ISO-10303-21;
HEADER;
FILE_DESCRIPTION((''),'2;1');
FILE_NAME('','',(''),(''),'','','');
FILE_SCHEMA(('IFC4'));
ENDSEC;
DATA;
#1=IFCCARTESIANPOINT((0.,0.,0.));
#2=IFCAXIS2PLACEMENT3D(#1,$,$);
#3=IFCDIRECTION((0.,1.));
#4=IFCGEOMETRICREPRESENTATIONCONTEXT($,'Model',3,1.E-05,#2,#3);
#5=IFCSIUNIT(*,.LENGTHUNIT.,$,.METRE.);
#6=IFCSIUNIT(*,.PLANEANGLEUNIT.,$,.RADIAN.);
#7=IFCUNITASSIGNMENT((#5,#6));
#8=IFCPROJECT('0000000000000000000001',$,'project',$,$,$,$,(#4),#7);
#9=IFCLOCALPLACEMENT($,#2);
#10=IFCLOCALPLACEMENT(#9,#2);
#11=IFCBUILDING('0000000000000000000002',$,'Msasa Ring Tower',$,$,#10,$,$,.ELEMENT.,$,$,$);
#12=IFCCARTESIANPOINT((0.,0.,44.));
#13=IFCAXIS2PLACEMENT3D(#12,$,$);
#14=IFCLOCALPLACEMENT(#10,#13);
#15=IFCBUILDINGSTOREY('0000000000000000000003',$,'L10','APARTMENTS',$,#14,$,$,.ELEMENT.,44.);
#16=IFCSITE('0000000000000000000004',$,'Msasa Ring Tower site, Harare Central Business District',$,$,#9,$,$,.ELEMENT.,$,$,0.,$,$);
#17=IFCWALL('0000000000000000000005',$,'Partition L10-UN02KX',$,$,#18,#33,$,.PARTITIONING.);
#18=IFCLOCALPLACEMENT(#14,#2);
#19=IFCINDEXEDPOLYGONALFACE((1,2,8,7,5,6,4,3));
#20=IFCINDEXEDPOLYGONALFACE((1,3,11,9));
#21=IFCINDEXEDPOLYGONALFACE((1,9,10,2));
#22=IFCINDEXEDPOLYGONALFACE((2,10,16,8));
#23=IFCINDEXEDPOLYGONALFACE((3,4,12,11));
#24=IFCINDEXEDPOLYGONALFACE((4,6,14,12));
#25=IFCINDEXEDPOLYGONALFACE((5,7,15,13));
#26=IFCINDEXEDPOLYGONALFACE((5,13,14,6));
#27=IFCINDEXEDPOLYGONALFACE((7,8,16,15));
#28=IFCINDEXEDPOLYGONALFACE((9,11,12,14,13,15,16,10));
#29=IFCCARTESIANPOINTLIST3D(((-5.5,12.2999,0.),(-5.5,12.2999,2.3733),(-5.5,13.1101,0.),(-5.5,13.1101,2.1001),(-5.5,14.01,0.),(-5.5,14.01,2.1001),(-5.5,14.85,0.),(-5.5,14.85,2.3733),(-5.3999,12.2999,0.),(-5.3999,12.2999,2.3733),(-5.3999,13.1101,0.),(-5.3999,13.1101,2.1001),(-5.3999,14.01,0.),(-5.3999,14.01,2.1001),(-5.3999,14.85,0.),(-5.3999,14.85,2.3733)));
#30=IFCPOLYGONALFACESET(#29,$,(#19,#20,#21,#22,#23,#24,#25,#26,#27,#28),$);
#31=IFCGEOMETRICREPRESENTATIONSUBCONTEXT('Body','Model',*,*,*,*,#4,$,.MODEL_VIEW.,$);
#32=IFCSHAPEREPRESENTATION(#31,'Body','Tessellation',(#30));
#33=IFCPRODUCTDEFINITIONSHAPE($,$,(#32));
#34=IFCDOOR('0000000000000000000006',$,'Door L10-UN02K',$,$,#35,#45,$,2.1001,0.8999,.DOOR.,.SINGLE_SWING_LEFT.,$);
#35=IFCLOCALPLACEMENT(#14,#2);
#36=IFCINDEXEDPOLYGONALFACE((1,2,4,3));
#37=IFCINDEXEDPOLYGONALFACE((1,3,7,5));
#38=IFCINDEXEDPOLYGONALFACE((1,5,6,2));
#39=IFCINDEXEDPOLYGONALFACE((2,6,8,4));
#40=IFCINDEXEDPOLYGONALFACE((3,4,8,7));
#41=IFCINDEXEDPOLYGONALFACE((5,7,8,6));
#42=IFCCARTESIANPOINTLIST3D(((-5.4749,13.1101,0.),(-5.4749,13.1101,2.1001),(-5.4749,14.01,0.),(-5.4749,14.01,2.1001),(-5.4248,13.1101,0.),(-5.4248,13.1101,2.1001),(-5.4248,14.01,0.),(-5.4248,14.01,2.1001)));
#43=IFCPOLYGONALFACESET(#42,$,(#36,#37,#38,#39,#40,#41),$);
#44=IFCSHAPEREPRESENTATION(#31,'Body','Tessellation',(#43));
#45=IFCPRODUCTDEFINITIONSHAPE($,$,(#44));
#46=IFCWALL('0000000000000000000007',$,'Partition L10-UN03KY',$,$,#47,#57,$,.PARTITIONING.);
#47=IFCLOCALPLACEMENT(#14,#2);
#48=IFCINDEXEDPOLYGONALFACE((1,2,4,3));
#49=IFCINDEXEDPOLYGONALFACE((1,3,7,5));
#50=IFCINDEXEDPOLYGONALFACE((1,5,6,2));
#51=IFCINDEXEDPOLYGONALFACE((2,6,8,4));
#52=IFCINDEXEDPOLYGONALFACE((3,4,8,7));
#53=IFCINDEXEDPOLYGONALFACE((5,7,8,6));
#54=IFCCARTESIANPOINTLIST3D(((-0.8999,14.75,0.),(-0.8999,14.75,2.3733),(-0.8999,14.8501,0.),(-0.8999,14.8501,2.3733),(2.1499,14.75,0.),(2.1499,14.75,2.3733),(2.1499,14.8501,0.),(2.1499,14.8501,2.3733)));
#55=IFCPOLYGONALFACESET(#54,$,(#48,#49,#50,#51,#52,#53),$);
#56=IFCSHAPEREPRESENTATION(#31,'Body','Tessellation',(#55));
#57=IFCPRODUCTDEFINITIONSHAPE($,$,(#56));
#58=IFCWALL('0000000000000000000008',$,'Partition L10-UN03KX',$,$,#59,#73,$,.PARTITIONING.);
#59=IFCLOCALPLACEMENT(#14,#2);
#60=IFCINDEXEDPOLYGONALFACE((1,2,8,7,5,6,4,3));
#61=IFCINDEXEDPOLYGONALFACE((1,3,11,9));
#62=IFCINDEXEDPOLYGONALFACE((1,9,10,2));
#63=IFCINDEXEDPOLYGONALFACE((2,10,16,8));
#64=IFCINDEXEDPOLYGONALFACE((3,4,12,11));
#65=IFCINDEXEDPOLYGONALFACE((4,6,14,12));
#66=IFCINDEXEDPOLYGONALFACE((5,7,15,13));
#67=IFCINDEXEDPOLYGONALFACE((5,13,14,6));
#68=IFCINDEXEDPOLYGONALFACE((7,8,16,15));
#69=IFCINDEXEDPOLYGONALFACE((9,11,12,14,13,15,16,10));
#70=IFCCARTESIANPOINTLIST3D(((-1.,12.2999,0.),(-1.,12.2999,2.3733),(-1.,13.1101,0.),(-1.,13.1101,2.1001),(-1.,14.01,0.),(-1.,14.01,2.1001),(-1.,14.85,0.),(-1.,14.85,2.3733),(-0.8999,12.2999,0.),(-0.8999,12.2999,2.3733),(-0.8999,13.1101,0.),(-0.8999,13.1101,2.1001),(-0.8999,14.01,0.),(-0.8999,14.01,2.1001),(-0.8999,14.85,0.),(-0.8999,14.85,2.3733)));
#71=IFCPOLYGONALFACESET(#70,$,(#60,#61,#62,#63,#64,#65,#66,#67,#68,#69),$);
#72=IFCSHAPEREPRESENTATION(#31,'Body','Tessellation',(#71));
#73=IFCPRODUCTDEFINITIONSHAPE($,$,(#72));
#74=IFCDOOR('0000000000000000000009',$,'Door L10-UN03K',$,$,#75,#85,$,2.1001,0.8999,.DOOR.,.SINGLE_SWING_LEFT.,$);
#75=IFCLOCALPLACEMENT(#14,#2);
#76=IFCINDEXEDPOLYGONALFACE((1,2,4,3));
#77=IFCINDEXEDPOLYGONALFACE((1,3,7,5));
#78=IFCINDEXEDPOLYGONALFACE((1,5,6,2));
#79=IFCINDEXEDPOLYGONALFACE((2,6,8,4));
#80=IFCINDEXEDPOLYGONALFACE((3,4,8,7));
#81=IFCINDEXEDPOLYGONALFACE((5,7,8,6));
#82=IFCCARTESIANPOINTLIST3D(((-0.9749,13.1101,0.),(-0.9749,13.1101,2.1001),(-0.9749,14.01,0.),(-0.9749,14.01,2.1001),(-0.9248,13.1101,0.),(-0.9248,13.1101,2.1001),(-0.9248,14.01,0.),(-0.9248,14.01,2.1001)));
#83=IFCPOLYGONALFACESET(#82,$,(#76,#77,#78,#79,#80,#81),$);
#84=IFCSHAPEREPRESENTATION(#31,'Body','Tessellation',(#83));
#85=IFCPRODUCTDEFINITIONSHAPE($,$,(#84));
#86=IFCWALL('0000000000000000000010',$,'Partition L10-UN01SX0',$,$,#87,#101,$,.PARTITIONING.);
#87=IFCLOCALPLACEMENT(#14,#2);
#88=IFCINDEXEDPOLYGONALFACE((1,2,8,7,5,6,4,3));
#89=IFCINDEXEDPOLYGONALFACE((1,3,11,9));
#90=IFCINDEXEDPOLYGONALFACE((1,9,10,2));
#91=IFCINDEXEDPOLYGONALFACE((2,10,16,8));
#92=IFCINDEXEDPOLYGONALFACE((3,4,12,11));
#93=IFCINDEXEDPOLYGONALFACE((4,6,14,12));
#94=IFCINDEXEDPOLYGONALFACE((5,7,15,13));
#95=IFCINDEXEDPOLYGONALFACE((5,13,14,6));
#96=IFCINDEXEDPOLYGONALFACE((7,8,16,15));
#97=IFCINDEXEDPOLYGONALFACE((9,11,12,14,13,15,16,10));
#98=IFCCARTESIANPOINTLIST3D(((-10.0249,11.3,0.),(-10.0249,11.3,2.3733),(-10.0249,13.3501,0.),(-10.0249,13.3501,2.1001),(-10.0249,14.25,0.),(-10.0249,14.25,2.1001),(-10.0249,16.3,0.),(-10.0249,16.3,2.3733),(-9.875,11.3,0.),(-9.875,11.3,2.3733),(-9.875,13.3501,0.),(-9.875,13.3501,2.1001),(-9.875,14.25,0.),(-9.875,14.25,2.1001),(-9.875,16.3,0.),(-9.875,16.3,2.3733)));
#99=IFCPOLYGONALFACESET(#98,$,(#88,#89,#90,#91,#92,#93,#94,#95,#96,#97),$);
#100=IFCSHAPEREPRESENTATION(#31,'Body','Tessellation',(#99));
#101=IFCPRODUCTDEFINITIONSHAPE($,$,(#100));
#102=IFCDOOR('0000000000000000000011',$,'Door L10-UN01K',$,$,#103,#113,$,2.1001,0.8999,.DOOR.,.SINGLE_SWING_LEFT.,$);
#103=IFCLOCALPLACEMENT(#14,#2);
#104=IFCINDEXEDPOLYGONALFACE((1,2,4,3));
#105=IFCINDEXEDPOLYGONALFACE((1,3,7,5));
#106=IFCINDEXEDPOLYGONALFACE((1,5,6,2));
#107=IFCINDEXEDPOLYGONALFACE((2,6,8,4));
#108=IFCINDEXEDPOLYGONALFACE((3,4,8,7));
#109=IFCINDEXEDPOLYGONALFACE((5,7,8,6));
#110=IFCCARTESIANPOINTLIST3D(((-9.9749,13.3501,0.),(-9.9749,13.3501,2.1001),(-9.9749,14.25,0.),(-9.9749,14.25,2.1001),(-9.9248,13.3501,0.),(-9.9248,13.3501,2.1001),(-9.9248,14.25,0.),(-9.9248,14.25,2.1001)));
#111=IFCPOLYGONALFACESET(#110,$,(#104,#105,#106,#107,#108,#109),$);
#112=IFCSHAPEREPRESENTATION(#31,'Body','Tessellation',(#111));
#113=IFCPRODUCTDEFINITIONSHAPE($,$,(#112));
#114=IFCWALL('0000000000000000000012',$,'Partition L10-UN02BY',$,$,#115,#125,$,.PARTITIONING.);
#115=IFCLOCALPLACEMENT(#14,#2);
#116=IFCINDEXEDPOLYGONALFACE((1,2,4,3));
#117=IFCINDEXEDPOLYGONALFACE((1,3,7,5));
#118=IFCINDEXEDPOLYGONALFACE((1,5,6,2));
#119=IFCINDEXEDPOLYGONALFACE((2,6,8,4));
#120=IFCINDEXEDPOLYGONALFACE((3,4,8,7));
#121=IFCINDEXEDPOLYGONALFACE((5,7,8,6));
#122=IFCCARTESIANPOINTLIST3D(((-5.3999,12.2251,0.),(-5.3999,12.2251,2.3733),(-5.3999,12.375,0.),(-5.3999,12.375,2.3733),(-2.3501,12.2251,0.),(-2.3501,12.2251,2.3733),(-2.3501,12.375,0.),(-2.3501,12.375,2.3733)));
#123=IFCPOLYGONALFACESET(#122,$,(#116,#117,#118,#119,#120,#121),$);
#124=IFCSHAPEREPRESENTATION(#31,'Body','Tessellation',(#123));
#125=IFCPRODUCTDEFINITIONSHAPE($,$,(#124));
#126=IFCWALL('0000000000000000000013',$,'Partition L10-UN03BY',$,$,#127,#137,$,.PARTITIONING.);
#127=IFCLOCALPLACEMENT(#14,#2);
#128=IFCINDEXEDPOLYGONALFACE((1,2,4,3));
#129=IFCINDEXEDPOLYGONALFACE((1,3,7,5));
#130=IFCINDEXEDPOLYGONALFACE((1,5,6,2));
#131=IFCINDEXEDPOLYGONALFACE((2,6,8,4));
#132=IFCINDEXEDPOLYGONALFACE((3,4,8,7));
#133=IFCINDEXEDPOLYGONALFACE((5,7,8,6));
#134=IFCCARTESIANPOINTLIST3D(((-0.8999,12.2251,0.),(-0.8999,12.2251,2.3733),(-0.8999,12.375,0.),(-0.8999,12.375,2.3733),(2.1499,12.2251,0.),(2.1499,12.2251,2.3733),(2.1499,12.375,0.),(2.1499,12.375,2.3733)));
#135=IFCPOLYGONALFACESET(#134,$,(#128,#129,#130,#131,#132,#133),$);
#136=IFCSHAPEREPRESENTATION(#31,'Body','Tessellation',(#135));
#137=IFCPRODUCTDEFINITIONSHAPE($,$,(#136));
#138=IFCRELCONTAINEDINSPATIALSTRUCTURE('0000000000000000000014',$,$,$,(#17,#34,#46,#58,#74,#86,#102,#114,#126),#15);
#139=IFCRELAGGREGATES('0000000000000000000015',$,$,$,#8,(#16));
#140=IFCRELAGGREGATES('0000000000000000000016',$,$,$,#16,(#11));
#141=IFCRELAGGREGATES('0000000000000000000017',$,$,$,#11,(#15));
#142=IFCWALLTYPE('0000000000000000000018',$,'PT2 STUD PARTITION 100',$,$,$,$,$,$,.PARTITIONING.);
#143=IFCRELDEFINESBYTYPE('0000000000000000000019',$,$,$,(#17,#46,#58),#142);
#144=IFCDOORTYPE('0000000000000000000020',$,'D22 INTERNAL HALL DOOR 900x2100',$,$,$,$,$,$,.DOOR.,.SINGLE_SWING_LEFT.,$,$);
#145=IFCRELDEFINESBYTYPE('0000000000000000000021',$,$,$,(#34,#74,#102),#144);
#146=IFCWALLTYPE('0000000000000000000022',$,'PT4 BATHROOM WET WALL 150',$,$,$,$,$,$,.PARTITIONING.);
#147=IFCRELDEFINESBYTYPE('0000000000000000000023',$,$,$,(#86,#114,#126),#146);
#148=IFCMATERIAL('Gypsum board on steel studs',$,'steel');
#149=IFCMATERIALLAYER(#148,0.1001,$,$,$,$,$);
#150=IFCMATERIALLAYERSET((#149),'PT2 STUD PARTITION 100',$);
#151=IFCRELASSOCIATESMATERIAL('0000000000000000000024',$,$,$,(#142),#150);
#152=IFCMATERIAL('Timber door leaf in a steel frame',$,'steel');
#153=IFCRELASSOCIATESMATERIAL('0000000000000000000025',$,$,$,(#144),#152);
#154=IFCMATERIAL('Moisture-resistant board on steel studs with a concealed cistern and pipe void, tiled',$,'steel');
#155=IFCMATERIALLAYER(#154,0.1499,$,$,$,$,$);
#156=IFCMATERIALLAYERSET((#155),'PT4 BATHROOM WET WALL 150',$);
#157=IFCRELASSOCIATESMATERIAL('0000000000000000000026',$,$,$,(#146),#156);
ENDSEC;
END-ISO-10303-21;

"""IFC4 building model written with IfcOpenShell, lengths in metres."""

from ifc_helpers import new_model, si_unit, direction, frame, frame_2d, origin, place, context, subcontext, project, spatial, rectangle, extrude, material, layer, layer_set, type_object, element, fill, save


model = new_model("IFC4")

# Units and contexts
model_context = context("Model", 3, precision=1e-05, world=origin(), true_north=direction((0.0, 1.0)))
body_context = subcontext(model_context, "Body", "Model", "MODEL_VIEW")
ifc_project = project(units=[si_unit("LENGTHUNIT", "METRE"), si_unit("PLANEANGLEUNIT", "RADIAN")], contexts=[model_context])

# Site, building, storey
site_placement = place(None, origin())
site = spatial("IfcSite", under=ifc_project, at=site_placement, Name="Msasa Ring Tower site, Harare Central Business District", CompositionType="ELEMENT", RefElevation=0.0)
building_placement = place(site_placement, origin())
building = spatial("IfcBuilding", under=site, at=building_placement, Name="Msasa Ring Tower", CompositionType="ELEMENT")
storey_placement = place(building_placement, frame((0.0, 0.0, 44.0)))
storey = spatial("IfcBuildingStorey", under=building, at=storey_placement, Name="L10", Description="APARTMENTS", CompositionType="ELEMENT", Elevation=44.0)

# Shared definitions
ifc_material_1 = material(Name="Gypsum board on steel studs", Category="steel")
ifc_layer_1 = layer(ifc_material_1, 0.1001)
ifc_layer_set_1 = layer_set([ifc_layer_1], Name="PT2 STUD PARTITION 100")
wall_type_1 = type_object("IfcWallType", Name="PT2 STUD PARTITION 100", PredefinedType="PARTITIONING", material=ifc_layer_set_1)

# Wall, opening, door
wall_1_placement = place(storey_placement, frame((-5.45, 12.3, 0.0), z_axis=(0.0, 0.0, 1.0), x_axis=(0.0, 1.0, 0.0)))
wall_1 = element("IfcWall", 1, at=wall_1_placement, inside=storey, type_object=wall_type_1, Name="Partition L10-UN02KX", PredefinedType="PARTITIONING", context=body_context, shape_type="SweptSolid", body=[
    extrude(rectangle(XDim=2.55, YDim=0.1001, at=frame_2d((1.2749, 0.0))), origin(), (0.0, 0.0, 1.0), 2.3733),
])
opening_1_placement = place(wall_1_placement, frame((0.8101, 0.0, 0.0)))
opening_1 = element("IfcOpeningElement", 2, at=opening_1_placement, cuts=wall_1, PredefinedType="OPENING", context=body_context, shape_type="SweptSolid", body=[
    extrude(rectangle(XDim=0.8999, YDim=2.1001, at=frame_2d((0.45, 1.05))), frame((0.0, 0.0601, 0.0), z_axis=(0.0, -1.0, 0.0), x_axis=(1.0, 0.0, 0.0)), (0.0, 0.0, 1.0), 0.1201),
])
ifc_material_2 = material(Name="Timber door leaf in a steel frame", Category="steel")
door_type = type_object("IfcDoorType", Name="D22 INTERNAL HALL DOOR 900x2100", OperationType="SINGLE_SWING_LEFT", PredefinedType="DOOR", material=ifc_material_2)
door_1_placement = place(opening_1_placement, origin())
door_1 = element("IfcDoor", 3, at=door_1_placement, inside=storey, type_object=door_type, Name="Door L10-UN02K", OperationType="SINGLE_SWING_LEFT", OverallHeight=2.1001, OverallWidth=0.8999, PredefinedType="DOOR", context=body_context, shape_type="SweptSolid", body=[
    extrude(rectangle(XDim=0.8999, YDim=2.1001, at=frame_2d((0.45, 1.05))), frame((0.0, 0.0249, 0.0), z_axis=(0.0, -1.0, 0.0), x_axis=(1.0, 0.0, 0.0)), (0.0, 0.0, 1.0), 0.05),
])
fill(opening_1, door_1)

# Wall
wall_2_placement = place(storey_placement, frame((-0.8999, 14.8, 0.0), z_axis=(0.0, 0.0, 1.0), x_axis=(1.0, 0.0, 0.0)))
element("IfcWall", 4, at=wall_2_placement, inside=storey, type_object=wall_type_1, Name="Partition L10-UN03KY", PredefinedType="PARTITIONING", context=body_context, shape_type="SweptSolid", body=[
    extrude(rectangle(XDim=3.0498, YDim=0.1001, at=frame_2d((1.5249, 0.0))), origin(), (0.0, 0.0, 1.0), 2.3733),
])

# Walls, openings, doors
wall_3_placement = place(storey_placement, frame((-0.95, 12.3, 0.0), z_axis=(0.0, 0.0, 1.0), x_axis=(0.0, 1.0, 0.0)))
wall_3 = element("IfcWall", 5, at=wall_3_placement, inside=storey, type_object=wall_type_1, Name="Partition L10-UN03KX", PredefinedType="PARTITIONING", context=body_context, shape_type="SweptSolid", body=[
    extrude(rectangle(XDim=2.55, YDim=0.1001, at=frame_2d((1.2749, 0.0))), origin(), (0.0, 0.0, 1.0), 2.3733),
])
opening_2_placement = place(wall_3_placement, frame((0.8101, 0.0, 0.0)))
opening_2 = element("IfcOpeningElement", 6, at=opening_2_placement, cuts=wall_3, PredefinedType="OPENING", context=body_context, shape_type="SweptSolid", body=[
    extrude(rectangle(XDim=0.8999, YDim=2.1001, at=frame_2d((0.45, 1.05))), frame((0.0, 0.0601, 0.0), z_axis=(0.0, -1.0, 0.0), x_axis=(1.0, 0.0, 0.0)), (0.0, 0.0, 1.0), 0.1201),
])
door_2_placement = place(opening_2_placement, origin())
door_2 = element("IfcDoor", 7, at=door_2_placement, inside=storey, type_object=door_type, Name="Door L10-UN03K", OperationType="SINGLE_SWING_LEFT", OverallHeight=2.1001, OverallWidth=0.8999, PredefinedType="DOOR", context=body_context, shape_type="SweptSolid", body=[
    extrude(rectangle(XDim=0.8999, YDim=2.1001, at=frame_2d((0.45, 1.05))), frame((0.0, 0.0249, 0.0), z_axis=(0.0, -1.0, 0.0), x_axis=(1.0, 0.0, 0.0)), (0.0, 0.0, 1.0), 0.05),
])
fill(opening_2, door_2)
ifc_material_3 = material(Name="Moisture-resistant board on steel studs with a concealed cistern and pipe void, tiled", Category="steel")
ifc_layer_2 = layer(ifc_material_3, 0.1499)
ifc_layer_set_2 = layer_set([ifc_layer_2], Name="PT4 BATHROOM WET WALL 150")
wall_type_2 = type_object("IfcWallType", Name="PT4 BATHROOM WET WALL 150", PredefinedType="PARTITIONING", material=ifc_layer_set_2)
wall_4_placement = place(storey_placement, frame((-9.95, 11.3, 0.0), z_axis=(0.0, 0.0, 1.0), x_axis=(0.0, 1.0, 0.0)))
wall_4 = element("IfcWall", 8, at=wall_4_placement, inside=storey, type_object=wall_type_2, Name="Partition L10-UN01SX0", PredefinedType="PARTITIONING", context=body_context, shape_type="SweptSolid", body=[
    extrude(rectangle(XDim=5.0, YDim=0.1499, at=frame_2d((2.5, 0.0))), origin(), (0.0, 0.0, 1.0), 2.3733),
])
opening_3_placement = place(wall_4_placement, frame((2.05, 0.0, 0.0)))
opening_3 = element("IfcOpeningElement", 9, at=opening_3_placement, cuts=wall_4, PredefinedType="OPENING", context=body_context, shape_type="SweptSolid", body=[
    extrude(rectangle(XDim=0.8999, YDim=2.1001, at=frame_2d((0.45, 1.05))), frame((0.0, 0.085, 0.0), z_axis=(0.0, -1.0, 0.0), x_axis=(1.0, 0.0, 0.0)), (0.0, 0.0, 1.0), 0.1699),
])
door_3_placement = place(opening_3_placement, origin())
door_3 = element("IfcDoor", 10, at=door_3_placement, inside=storey, type_object=door_type, Name="Door L10-UN01K", OperationType="SINGLE_SWING_LEFT", OverallHeight=2.1001, OverallWidth=0.8999, PredefinedType="DOOR", context=body_context, shape_type="SweptSolid", body=[
    extrude(rectangle(XDim=0.8999, YDim=2.1001, at=frame_2d((0.45, 1.05))), frame((0.0, 0.0249, 0.0), z_axis=(0.0, -1.0, 0.0), x_axis=(1.0, 0.0, 0.0)), (0.0, 0.0, 1.0), 0.05),
])
fill(opening_3, door_3)

# Walls
for number, where, z_axis, x_axis, name in (
    (11, (-5.3999, 12.3, 0.0), (0.0, 0.0, 1.0), (1.0, 0.0, 0.0), "Partition L10-UN02BY"),
    (12, (-0.8999, 12.3, 0.0), (0.0, 0.0, 1.0), (1.0, 0.0, 0.0), "Partition L10-UN03BY"),
):
    element("IfcWall", number, at=place(storey_placement, frame(where, z_axis=z_axis, x_axis=x_axis)), inside=storey, type_object=wall_type_2, Name=name, PredefinedType="PARTITIONING", context=body_context, shape_type="SweptSolid", body=[
        extrude(rectangle(XDim=3.0498, YDim=0.1499, at=frame_2d((1.5249, 0.0))), origin(), (0.0, 0.0, 1.0), 2.3733),
    ])

save(model, "model.ifc")
